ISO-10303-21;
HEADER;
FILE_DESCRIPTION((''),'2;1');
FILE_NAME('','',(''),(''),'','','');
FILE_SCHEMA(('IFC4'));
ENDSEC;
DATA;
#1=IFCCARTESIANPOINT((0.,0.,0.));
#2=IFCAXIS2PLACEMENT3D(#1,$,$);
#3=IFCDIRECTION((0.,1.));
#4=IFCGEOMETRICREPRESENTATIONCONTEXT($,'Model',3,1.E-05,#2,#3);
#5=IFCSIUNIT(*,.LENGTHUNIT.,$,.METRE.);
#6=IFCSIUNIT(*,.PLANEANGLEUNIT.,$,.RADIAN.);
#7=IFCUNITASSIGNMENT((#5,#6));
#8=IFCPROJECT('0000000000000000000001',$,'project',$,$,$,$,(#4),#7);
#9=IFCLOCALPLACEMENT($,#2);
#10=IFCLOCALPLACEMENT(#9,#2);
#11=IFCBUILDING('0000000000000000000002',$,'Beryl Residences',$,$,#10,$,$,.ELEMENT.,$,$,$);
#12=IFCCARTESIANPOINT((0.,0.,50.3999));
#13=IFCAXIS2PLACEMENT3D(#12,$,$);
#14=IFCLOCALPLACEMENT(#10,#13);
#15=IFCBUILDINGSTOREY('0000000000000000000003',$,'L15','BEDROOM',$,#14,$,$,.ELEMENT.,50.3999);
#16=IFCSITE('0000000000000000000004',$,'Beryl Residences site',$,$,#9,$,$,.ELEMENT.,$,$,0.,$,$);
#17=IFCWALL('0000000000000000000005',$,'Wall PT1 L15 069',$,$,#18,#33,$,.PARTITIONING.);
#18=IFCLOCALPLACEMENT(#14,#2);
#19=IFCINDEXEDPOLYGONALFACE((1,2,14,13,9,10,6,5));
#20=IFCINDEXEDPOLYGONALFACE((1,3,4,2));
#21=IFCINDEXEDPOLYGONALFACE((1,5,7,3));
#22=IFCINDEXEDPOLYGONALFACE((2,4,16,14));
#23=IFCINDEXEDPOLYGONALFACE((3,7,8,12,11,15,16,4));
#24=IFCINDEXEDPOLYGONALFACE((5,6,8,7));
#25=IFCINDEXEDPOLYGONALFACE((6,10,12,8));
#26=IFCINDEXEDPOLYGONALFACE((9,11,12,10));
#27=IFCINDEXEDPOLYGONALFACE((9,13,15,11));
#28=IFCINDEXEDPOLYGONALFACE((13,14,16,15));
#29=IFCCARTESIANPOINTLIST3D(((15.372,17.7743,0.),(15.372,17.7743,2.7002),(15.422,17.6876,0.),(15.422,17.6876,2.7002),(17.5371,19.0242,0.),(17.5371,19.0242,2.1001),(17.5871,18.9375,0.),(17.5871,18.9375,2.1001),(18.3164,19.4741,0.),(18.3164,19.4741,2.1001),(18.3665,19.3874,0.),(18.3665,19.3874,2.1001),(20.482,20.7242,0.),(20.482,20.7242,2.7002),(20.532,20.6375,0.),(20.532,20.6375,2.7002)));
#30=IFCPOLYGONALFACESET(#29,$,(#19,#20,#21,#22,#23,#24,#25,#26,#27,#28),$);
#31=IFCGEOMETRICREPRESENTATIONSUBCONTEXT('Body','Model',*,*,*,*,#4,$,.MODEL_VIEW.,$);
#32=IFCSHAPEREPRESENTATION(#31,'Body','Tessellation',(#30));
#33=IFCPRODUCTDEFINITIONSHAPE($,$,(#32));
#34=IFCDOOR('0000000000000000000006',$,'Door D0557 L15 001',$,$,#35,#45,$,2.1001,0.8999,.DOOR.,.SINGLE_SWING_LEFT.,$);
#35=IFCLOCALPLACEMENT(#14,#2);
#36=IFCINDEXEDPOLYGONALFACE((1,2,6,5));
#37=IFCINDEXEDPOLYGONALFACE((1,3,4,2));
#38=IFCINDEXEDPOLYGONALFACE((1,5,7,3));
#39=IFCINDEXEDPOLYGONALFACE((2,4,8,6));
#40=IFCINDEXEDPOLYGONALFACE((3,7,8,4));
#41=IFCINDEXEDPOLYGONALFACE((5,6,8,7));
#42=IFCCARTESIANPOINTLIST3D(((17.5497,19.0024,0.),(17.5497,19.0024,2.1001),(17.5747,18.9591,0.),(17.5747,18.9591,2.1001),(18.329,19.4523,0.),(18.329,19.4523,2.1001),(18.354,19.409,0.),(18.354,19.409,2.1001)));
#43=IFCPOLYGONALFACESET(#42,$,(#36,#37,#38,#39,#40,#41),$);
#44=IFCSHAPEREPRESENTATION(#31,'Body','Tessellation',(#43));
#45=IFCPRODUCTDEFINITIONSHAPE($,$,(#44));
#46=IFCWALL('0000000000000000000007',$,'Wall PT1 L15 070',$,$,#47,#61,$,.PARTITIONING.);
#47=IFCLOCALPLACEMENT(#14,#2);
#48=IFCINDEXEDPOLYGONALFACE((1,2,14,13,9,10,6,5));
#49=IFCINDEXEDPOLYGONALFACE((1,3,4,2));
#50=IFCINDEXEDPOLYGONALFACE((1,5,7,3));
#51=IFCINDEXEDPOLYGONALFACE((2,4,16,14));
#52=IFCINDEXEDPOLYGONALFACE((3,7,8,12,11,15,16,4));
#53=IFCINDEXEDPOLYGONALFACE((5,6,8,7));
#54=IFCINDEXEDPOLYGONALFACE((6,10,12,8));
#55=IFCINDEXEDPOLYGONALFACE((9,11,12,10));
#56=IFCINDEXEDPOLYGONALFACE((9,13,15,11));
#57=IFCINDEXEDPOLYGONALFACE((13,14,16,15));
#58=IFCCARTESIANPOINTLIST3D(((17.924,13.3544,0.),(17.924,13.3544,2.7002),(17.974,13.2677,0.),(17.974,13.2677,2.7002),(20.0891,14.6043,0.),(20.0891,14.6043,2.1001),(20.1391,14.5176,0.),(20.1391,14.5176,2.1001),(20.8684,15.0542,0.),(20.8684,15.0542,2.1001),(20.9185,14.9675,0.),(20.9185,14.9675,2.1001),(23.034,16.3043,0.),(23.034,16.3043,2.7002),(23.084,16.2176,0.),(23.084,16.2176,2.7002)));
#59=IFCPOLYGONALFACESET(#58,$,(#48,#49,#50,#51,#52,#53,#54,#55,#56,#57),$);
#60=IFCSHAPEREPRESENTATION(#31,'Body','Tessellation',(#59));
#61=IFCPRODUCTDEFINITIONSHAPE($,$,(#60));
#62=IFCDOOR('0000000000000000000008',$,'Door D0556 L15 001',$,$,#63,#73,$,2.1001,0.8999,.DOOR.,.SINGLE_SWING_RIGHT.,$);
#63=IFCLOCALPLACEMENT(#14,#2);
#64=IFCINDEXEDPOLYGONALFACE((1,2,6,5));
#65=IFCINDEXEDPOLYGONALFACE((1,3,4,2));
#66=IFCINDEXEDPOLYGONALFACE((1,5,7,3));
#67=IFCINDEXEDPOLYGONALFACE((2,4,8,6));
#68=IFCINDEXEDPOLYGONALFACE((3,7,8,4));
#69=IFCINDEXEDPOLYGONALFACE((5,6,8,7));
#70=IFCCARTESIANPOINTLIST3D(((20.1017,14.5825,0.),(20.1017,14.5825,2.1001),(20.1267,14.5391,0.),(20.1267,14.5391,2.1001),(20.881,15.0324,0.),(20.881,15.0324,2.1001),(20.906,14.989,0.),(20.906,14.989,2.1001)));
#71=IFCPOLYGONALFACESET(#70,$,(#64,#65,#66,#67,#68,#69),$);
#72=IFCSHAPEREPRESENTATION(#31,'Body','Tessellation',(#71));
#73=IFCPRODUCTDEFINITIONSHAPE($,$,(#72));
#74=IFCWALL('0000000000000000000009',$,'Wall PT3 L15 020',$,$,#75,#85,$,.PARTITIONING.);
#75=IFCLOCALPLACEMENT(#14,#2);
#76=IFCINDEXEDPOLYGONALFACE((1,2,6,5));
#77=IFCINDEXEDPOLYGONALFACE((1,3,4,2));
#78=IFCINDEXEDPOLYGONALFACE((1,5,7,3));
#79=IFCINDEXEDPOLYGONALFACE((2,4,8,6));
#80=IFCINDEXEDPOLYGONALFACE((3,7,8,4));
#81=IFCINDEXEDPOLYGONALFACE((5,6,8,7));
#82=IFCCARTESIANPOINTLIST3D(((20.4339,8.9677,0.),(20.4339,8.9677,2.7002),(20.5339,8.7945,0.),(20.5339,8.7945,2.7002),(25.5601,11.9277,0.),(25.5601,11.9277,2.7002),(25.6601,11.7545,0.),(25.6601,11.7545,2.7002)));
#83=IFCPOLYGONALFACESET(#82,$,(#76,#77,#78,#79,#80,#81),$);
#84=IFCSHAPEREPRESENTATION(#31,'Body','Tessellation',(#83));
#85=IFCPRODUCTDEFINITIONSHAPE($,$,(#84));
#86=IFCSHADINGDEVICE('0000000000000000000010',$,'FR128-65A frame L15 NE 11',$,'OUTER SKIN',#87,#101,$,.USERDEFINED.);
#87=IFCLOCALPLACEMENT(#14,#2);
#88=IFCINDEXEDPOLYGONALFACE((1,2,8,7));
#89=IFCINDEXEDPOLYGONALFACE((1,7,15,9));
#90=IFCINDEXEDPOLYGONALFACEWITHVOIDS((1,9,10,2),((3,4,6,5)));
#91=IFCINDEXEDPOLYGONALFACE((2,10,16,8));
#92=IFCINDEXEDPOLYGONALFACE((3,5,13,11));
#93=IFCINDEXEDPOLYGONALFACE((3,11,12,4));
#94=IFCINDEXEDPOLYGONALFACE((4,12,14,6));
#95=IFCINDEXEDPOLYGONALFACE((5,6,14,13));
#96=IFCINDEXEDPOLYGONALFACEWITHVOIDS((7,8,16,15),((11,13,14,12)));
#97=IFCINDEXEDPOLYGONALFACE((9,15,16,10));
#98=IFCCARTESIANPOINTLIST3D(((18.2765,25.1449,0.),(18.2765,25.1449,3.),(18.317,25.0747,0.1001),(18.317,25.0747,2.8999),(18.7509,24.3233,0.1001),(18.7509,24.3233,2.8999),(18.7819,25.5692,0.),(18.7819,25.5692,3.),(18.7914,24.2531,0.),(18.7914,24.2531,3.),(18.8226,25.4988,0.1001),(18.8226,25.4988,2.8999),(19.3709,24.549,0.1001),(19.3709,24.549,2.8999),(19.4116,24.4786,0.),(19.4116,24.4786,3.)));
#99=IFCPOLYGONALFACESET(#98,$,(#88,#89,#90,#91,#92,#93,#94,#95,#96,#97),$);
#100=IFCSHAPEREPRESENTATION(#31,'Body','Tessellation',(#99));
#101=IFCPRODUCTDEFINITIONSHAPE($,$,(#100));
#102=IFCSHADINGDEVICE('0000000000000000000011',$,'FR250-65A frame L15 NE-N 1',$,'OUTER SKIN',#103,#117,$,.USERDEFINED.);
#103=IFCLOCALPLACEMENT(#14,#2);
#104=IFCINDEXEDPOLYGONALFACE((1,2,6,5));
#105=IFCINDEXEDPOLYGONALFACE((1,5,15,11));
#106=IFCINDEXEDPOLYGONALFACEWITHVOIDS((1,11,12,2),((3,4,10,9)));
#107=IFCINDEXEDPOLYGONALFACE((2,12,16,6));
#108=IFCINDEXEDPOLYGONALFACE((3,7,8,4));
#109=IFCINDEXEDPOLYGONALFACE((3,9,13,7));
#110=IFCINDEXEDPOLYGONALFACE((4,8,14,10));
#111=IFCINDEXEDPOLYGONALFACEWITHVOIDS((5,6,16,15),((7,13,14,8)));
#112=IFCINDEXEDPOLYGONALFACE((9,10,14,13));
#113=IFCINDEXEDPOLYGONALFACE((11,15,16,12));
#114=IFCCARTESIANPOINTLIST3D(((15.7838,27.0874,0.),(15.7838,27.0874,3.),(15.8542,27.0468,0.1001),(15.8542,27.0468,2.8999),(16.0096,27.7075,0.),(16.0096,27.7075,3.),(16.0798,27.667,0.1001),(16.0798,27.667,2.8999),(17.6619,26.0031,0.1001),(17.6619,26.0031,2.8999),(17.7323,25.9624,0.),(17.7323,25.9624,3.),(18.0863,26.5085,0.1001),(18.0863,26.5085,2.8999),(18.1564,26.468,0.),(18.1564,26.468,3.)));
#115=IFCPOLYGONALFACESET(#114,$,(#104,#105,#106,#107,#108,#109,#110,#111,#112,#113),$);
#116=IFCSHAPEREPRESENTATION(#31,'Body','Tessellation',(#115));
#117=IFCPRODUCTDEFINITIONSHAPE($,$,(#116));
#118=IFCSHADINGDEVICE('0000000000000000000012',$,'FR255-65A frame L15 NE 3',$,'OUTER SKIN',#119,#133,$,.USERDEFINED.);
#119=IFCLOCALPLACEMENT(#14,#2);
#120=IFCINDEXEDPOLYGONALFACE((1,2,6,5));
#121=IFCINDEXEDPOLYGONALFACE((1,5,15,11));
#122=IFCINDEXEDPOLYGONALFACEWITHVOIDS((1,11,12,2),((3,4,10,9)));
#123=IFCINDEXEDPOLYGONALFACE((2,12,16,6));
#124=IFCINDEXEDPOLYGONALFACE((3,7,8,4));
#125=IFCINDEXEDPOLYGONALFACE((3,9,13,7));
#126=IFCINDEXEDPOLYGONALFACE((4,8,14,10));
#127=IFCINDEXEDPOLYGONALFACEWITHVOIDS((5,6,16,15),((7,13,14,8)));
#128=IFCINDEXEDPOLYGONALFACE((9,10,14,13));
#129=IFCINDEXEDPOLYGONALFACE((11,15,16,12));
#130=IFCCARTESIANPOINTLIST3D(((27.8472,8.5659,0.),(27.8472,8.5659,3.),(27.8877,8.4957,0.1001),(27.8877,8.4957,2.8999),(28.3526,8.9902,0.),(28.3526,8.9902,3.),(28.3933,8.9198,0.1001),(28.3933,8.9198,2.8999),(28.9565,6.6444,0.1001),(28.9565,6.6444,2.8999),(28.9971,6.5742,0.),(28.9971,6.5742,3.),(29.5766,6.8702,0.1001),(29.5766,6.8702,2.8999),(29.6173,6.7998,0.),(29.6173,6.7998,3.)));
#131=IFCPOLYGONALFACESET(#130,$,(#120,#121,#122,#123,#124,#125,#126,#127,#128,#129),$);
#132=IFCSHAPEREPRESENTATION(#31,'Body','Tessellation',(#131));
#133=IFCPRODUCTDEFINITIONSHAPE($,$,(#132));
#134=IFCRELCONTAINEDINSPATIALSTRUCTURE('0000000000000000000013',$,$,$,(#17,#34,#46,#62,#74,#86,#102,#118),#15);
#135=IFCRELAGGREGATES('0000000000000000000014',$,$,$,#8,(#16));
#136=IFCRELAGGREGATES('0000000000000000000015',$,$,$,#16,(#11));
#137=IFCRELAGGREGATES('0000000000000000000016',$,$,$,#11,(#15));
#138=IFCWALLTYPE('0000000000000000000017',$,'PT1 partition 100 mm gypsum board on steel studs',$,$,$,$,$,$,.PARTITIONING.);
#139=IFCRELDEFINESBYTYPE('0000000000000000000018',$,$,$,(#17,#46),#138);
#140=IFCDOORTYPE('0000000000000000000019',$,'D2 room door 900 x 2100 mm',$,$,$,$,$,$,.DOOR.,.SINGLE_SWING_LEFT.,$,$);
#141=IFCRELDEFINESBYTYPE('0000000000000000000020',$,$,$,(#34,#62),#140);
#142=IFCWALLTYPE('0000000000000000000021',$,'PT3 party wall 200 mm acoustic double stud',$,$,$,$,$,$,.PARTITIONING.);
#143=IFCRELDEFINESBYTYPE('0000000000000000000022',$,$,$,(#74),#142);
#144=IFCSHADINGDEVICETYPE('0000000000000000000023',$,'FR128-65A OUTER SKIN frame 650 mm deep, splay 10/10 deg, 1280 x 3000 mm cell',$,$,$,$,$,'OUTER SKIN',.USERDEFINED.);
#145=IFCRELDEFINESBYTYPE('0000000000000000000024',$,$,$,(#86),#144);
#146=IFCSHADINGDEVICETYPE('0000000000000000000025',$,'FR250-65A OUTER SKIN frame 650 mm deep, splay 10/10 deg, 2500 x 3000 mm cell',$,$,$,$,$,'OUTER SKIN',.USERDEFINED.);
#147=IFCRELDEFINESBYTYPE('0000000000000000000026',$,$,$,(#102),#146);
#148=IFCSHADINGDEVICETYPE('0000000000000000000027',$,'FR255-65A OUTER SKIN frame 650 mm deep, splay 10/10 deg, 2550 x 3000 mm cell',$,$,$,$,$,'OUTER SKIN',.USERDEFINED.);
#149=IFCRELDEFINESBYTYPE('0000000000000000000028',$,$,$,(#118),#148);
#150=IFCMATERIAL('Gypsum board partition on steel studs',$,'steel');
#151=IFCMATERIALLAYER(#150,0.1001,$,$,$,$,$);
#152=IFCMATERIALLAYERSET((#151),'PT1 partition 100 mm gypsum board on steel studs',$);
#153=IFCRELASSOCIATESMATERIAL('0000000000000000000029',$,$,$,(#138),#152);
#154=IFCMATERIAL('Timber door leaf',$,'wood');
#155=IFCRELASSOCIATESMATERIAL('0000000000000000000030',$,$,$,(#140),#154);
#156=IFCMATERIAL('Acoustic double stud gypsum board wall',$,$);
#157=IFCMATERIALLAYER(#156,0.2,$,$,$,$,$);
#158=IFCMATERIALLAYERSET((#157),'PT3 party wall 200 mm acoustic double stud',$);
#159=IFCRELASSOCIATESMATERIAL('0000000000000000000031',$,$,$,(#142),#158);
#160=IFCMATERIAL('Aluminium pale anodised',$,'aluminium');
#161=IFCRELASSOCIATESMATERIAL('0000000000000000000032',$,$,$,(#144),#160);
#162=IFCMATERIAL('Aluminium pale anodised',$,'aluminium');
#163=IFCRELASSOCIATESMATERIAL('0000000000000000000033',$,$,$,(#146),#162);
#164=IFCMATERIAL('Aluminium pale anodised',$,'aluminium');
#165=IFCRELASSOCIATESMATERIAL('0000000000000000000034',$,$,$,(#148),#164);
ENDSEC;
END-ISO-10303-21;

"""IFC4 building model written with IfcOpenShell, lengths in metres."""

from ifc_helpers import new_model, entity, si_unit, direction, frame, frame_2d, origin, place, context, subcontext, project, spatial, rectangle, extrude, source, transform, mapped, material, layer, layer_set, type_object, type_shapes, element, fill, save


model = new_model("IFC4")

# Units and contexts
model_context = context("Model", 3, precision=1e-05, world=origin(), true_north=direction((0.0, 1.0)))
body_context = subcontext(model_context, "Body", "Model", "MODEL_VIEW")
ifc_project = project(units=[si_unit("LENGTHUNIT", "METRE"), si_unit("PLANEANGLEUNIT", "RADIAN")], contexts=[model_context])

# Site, building, storey
site_placement = place(None, origin())
site = spatial("IfcSite", under=ifc_project, at=site_placement, Name="Beryl Residences site", CompositionType="ELEMENT", RefElevation=0.0)
building_placement = place(site_placement, origin())
building = spatial("IfcBuilding", under=site, at=building_placement, Name="Beryl Residences", CompositionType="ELEMENT")
storey_placement = place(building_placement, frame((0.0, 0.0, 50.3999)))
storey = spatial("IfcBuildingStorey", under=building, at=storey_placement, Name="L15", Description="BEDROOM", CompositionType="ELEMENT", Elevation=50.3999)

# Walls, openings, doors
ifc_material_1 = material(Name="Gypsum board partition on steel studs", Category="steel")
ifc_layer_1 = layer(ifc_material_1, 0.1001)
ifc_layer_set_1 = layer_set([ifc_layer_1], Name="PT1 partition 100 mm gypsum board on steel studs")
wall_type_1 = type_object("IfcWallType", Name="PT1 partition 100 mm gypsum board on steel studs", PredefinedType="PARTITIONING", material=ifc_layer_set_1)
ifc_material_2 = material(Name="Timber door leaf", Category="wood")
door_type = type_object("IfcDoorType", Name="D2 room door 900 x 2100 mm", OperationType="SINGLE_SWING_LEFT", PredefinedType="DOOR", material=ifc_material_2)
wall_1_placement = place(storey_placement, frame((15.397, 17.731, 0.0), z_axis=(0.0, 0.0, 1.0), x_axis=(0.866053, 0.499953, 0.0)))
wall_1 = element("IfcWall", 1, at=wall_1_placement, inside=storey, type_object=wall_type_1, Name="Wall PT1 L15 069", PredefinedType="PARTITIONING", context=body_context, shape_type="SweptSolid", body=[
    extrude(rectangle(XDim=5.9004, YDim=0.1001, at=frame_2d((2.9502, 0.0))), origin(), (0.0, 0.0, 1.0), 2.7002),
])
opening_1_placement = place(wall_1_placement, frame((2.5, 0.0, 0.0)))
opening_1 = element("IfcOpeningElement", 2, at=opening_1_placement, cuts=wall_1, PredefinedType="OPENING", context=body_context, shape_type="SweptSolid", body=[
    extrude(rectangle(XDim=0.8999, YDim=2.1001, at=frame_2d((0.45, 1.05))), frame((0.0, 0.0601, 0.0), z_axis=(0.0, -1.0, 0.0), x_axis=(1.0, 0.0, 0.0)), (0.0, 0.0, 1.0), 0.1201),
])
door_1_placement = place(opening_1_placement, origin())
door_1 = element("IfcDoor", 3, at=door_1_placement, inside=storey, type_object=door_type, Name="Door D0557 L15 001", OperationType="SINGLE_SWING_LEFT", OverallHeight=2.1001, OverallWidth=0.8999, PredefinedType="DOOR", context=body_context, shape_type="SweptSolid", body=[
    extrude(rectangle(XDim=0.8999, YDim=2.1001, at=frame_2d((0.45, 1.05))), frame((0.0, 0.0249, 0.0), z_axis=(0.0, -1.0, 0.0), x_axis=(1.0, 0.0, 0.0)), (0.0, 0.0, 1.0), 0.05),
])
fill(opening_1, door_1)
wall_2_placement = place(storey_placement, frame((17.949, 13.311, 0.0), z_axis=(0.0, 0.0, 1.0), x_axis=(0.866053, 0.499953, 0.0)))
wall_2 = element("IfcWall", 4, at=wall_2_placement, inside=storey, type_object=wall_type_1, Name="Wall PT1 L15 070", PredefinedType="PARTITIONING", context=body_context, shape_type="SweptSolid", body=[
    extrude(rectangle(XDim=5.9004, YDim=0.1001, at=frame_2d((2.9502, 0.0))), origin(), (0.0, 0.0, 1.0), 2.7002),
])
opening_2_placement = place(wall_2_placement, frame((2.5, 0.0, 0.0)))
opening_2 = element("IfcOpeningElement", 5, at=opening_2_placement, cuts=wall_2, PredefinedType="OPENING", context=body_context, shape_type="SweptSolid", body=[
    extrude(rectangle(XDim=0.8999, YDim=2.1001, at=frame_2d((0.45, 1.05))), frame((0.0, 0.0601, 0.0), z_axis=(0.0, -1.0, 0.0), x_axis=(1.0, 0.0, 0.0)), (0.0, 0.0, 1.0), 0.1201),
])
door_2_placement = place(opening_2_placement, origin())
door_2 = element("IfcDoor", 6, at=door_2_placement, inside=storey, type_object=door_type, Name="Door D0556 L15 001", OperationType="SINGLE_SWING_RIGHT", OverallHeight=2.1001, OverallWidth=0.8999, PredefinedType="DOOR", context=body_context, shape_type="SweptSolid", body=[
    extrude(rectangle(XDim=0.8999, YDim=2.1001, at=frame_2d((0.45, 1.05))), frame((0.0, 0.0249, 0.0), z_axis=(0.0, -1.0, 0.0), x_axis=(1.0, 0.0, 0.0)), (0.0, 0.0, 1.0), 0.05),
])
fill(opening_2, door_2)

# Wall
ifc_material_3 = material(Name="Acoustic double stud gypsum board wall")
ifc_layer_2 = layer(ifc_material_3, 0.2)
ifc_layer_set_2 = layer_set([ifc_layer_2], Name="PT3 party wall 200 mm acoustic double stud")
wall_type_2 = type_object("IfcWallType", Name="PT3 party wall 200 mm acoustic double stud", PredefinedType="PARTITIONING", material=ifc_layer_set_2)
wall_3_placement = place(storey_placement, frame((20.4839, 8.8811, 0.0), z_axis=(0.0, 0.0, 1.0), x_axis=(0.866001, 0.500043, 0.0)))
element("IfcWall", 7, at=wall_3_placement, inside=storey, type_object=wall_type_2, Name="Wall PT3 L15 020", PredefinedType="PARTITIONING", context=body_context, shape_type="SweptSolid", body=[
    extrude(rectangle(XDim=5.9194, YDim=0.2, at=frame_2d((2.9597, 0.0))), origin(), (0.0, 0.0, 1.0), 2.7002),
])

# Shading devices
ifc_material_4 = material(Name="Aluminium pale anodised", Category="aluminium")
shading_device_type_1 = type_object("IfcShadingDeviceType", Name="FR128-65A OUTER SKIN frame 650 mm deep, splay 10/10 deg, 1280 x 3000 mm cell", ElementType="OUTER SKIN", PredefinedType="USERDEFINED", material=ifc_material_4)
cartesian_point_1 = entity("IfcCartesianPoint", [-0.5149, 0.0])
cartesian_point_2 = entity("IfcCartesianPoint", [-0.4338, 0.1001])
cartesian_point_3 = entity("IfcCartesianPoint", [-0.6296, 0.0])
cartesian_point_4 = entity("IfcCartesianPoint", [-0.5483, 0.1001])
shared_shape_1 = source(origin(), body_context, "Body", "SweptSolid", [
    entity("IfcExtrudedAreaSolidTapered", entity("IfcArbitraryProfileDefWithVoids", "AREA", None, entity("IfcPolyline", [cartesian_point_1, entity("IfcCartesianPoint", [0.5149, 0.0]), entity("IfcCartesianPoint", [0.5149, 3.0]), entity("IfcCartesianPoint", [-0.5149, 3.0]), cartesian_point_1]), [entity("IfcPolyline", [cartesian_point_2, entity("IfcCartesianPoint", [0.4338, 0.1001]), entity("IfcCartesianPoint", [0.4338, 2.8999]), entity("IfcCartesianPoint", [-0.4338, 2.8999]), cartesian_point_2])]), entity("IfcAxis2Placement3D", entity("IfcCartesianPoint", [0.0, 0.0, 0.0]), entity("IfcDirection", [0.0, 1.0, 0.0]), entity("IfcDirection", [-1.0, 0.0, 0.0])), entity("IfcDirection", [0.0, 0.0, 1.0]), 0.6499, entity("IfcArbitraryProfileDefWithVoids", "AREA", None, entity("IfcPolyline", [cartesian_point_3, entity("IfcCartesianPoint", [0.6296, 0.0]), entity("IfcCartesianPoint", [0.6296, 3.0]), entity("IfcCartesianPoint", [-0.6296, 3.0]), cartesian_point_3]), [entity("IfcPolyline", [cartesian_point_4, entity("IfcCartesianPoint", [0.5483, 0.1001]), entity("IfcCartesianPoint", [0.5483, 2.8999]), entity("IfcCartesianPoint", [-0.5483, 2.8999]), cartesian_point_4])])),
])
type_shapes(shading_device_type_1, [shared_shape_1])
shading_device_1_placement = place(storey_placement, frame((18.5339, 24.699, 0.0), z_axis=(0.0, 0.0, 1.0), x_axis=(0.5, -0.866025, 0.0)))
element("IfcShadingDevice", 8, at=shading_device_1_placement, inside=storey, type_object=shading_device_type_1, Name="FR128-65A frame L15 NE 11", ObjectType="OUTER SKIN", PredefinedType="USERDEFINED", context=body_context, shape_type="MappedRepresentation", body=[
    mapped(shared_shape_1, transform((0.0, 0.0, 0.0))),
])
ifc_material_5 = material(Name="Aluminium pale anodised", Category="aluminium")
shading_device_type_2 = type_object("IfcShadingDeviceType", Name="FR250-65A OUTER SKIN frame 650 mm deep, splay 10/10 deg, 2500 x 3000 mm cell", ElementType="OUTER SKIN", PredefinedType="USERDEFINED", material=ifc_material_5)
cartesian_point_5 = entity("IfcCartesianPoint", [-1.125, 0.0])
cartesian_point_6 = entity("IfcCartesianPoint", [-1.0437, 0.1001])
cartesian_point_7 = entity("IfcCartesianPoint", [-1.2395, 0.0])
cartesian_point_8 = entity("IfcCartesianPoint", [-1.1584, 0.1001])
shared_shape_2 = source(origin(), body_context, "Body", "SweptSolid", [
    entity("IfcExtrudedAreaSolidTapered", entity("IfcArbitraryProfileDefWithVoids", "AREA", None, entity("IfcPolyline", [cartesian_point_5, entity("IfcCartesianPoint", [1.125, 0.0]), entity("IfcCartesianPoint", [1.125, 3.0]), entity("IfcCartesianPoint", [-1.125, 3.0]), cartesian_point_5]), [entity("IfcPolyline", [cartesian_point_6, entity("IfcCartesianPoint", [1.0437, 0.1001]), entity("IfcCartesianPoint", [1.0437, 2.8999]), entity("IfcCartesianPoint", [-1.0437, 2.8999]), cartesian_point_6])]), entity("IfcAxis2Placement3D", entity("IfcCartesianPoint", [0.0, 0.0, 0.0]), entity("IfcDirection", [0.0, 1.0, 0.0]), entity("IfcDirection", [-1.0, 0.0, 0.0])), entity("IfcDirection", [0.0, 0.0, 1.0]), 0.6499, entity("IfcArbitraryProfileDefWithVoids", "AREA", None, entity("IfcPolyline", [cartesian_point_7, entity("IfcCartesianPoint", [1.2395, 0.0]), entity("IfcCartesianPoint", [1.2395, 3.0]), entity("IfcCartesianPoint", [-1.2395, 3.0]), cartesian_point_7]), [entity("IfcPolyline", [cartesian_point_8, entity("IfcCartesianPoint", [1.1584, 0.1001]), entity("IfcCartesianPoint", [1.1584, 2.8999]), entity("IfcCartesianPoint", [-1.1584, 2.8999]), cartesian_point_8])])),
])
type_shapes(shading_device_type_2, [shared_shape_2])
shading_device_2_placement = place(storey_placement, frame((16.7581, 26.5249, 0.0), z_axis=(0.0, 0.0, 1.0), x_axis=(0.866025, -0.5, 0.0)))
element("IfcShadingDevice", 9, at=shading_device_2_placement, inside=storey, type_object=shading_device_type_2, Name="FR250-65A frame L15 NE-N 1", ObjectType="OUTER SKIN", PredefinedType="USERDEFINED", context=body_context, shape_type="MappedRepresentation", body=[
    mapped(shared_shape_2, transform((0.0, 0.0, 0.0))),
])
ifc_material_6 = material(Name="Aluminium pale anodised", Category="aluminium")
shading_device_type_3 = type_object("IfcShadingDeviceType", Name="FR255-65A OUTER SKIN frame 650 mm deep, splay 10/10 deg, 2550 x 3000 mm cell", ElementType="OUTER SKIN", PredefinedType="USERDEFINED", material=ifc_material_6)
cartesian_point_9 = entity("IfcCartesianPoint", [-1.1499, 0.0])
cartesian_point_10 = entity("IfcCartesianPoint", [-1.0688, 0.1001])
cartesian_point_11 = entity("IfcCartesianPoint", [-1.2646, 0.0])
cartesian_point_12 = entity("IfcCartesianPoint", [-1.1833, 0.1001])
shared_shape_3 = source(origin(), body_context, "Body", "SweptSolid", [
    entity("IfcExtrudedAreaSolidTapered", entity("IfcArbitraryProfileDefWithVoids", "AREA", None, entity("IfcPolyline", [cartesian_point_9, entity("IfcCartesianPoint", [1.1499, 0.0]), entity("IfcCartesianPoint", [1.1499, 3.0]), entity("IfcCartesianPoint", [-1.1499, 3.0]), cartesian_point_9]), [entity("IfcPolyline", [cartesian_point_10, entity("IfcCartesianPoint", [1.0688, 0.1001]), entity("IfcCartesianPoint", [1.0688, 2.8999]), entity("IfcCartesianPoint", [-1.0688, 2.8999]), cartesian_point_10])]), entity("IfcAxis2Placement3D", entity("IfcCartesianPoint", [0.0, 0.0, 0.0]), entity("IfcDirection", [0.0, 1.0, 0.0]), entity("IfcDirection", [-1.0, 0.0, 0.0])), entity("IfcDirection", [0.0, 0.0, 1.0]), 0.6499, entity("IfcArbitraryProfileDefWithVoids", "AREA", None, entity("IfcPolyline", [cartesian_point_11, entity("IfcCartesianPoint", [1.2646, 0.0]), entity("IfcCartesianPoint", [1.2646, 3.0]), entity("IfcCartesianPoint", [-1.2646, 3.0]), cartesian_point_11]), [entity("IfcPolyline", [cartesian_point_12, entity("IfcCartesianPoint", [1.1833, 0.1001]), entity("IfcCartesianPoint", [1.1833, 2.8999]), entity("IfcCartesianPoint", [-1.1833, 2.8999]), cartesian_point_12])])),
])
type_shapes(shading_device_type_3, [shared_shape_3])
for number, where, z_axis, x_axis, name in (
    (10, (28.4221, 7.5701, 0.0), (0.0, 0.0, 1.0), (0.5, -0.866025, 0.0), "FR255-65A frame L15 NE 3"),
):
    element("IfcShadingDevice", number, at=place(storey_placement, frame(where, z_axis=z_axis, x_axis=x_axis)), inside=storey, type_object=shading_device_type_3, Name=name, ObjectType="OUTER SKIN", PredefinedType="USERDEFINED", context=body_context, shape_type="MappedRepresentation", body=[
        mapped(shared_shape_3, transform((0.0, 0.0, 0.0))),
    ])

save(model, "model.ifc")
